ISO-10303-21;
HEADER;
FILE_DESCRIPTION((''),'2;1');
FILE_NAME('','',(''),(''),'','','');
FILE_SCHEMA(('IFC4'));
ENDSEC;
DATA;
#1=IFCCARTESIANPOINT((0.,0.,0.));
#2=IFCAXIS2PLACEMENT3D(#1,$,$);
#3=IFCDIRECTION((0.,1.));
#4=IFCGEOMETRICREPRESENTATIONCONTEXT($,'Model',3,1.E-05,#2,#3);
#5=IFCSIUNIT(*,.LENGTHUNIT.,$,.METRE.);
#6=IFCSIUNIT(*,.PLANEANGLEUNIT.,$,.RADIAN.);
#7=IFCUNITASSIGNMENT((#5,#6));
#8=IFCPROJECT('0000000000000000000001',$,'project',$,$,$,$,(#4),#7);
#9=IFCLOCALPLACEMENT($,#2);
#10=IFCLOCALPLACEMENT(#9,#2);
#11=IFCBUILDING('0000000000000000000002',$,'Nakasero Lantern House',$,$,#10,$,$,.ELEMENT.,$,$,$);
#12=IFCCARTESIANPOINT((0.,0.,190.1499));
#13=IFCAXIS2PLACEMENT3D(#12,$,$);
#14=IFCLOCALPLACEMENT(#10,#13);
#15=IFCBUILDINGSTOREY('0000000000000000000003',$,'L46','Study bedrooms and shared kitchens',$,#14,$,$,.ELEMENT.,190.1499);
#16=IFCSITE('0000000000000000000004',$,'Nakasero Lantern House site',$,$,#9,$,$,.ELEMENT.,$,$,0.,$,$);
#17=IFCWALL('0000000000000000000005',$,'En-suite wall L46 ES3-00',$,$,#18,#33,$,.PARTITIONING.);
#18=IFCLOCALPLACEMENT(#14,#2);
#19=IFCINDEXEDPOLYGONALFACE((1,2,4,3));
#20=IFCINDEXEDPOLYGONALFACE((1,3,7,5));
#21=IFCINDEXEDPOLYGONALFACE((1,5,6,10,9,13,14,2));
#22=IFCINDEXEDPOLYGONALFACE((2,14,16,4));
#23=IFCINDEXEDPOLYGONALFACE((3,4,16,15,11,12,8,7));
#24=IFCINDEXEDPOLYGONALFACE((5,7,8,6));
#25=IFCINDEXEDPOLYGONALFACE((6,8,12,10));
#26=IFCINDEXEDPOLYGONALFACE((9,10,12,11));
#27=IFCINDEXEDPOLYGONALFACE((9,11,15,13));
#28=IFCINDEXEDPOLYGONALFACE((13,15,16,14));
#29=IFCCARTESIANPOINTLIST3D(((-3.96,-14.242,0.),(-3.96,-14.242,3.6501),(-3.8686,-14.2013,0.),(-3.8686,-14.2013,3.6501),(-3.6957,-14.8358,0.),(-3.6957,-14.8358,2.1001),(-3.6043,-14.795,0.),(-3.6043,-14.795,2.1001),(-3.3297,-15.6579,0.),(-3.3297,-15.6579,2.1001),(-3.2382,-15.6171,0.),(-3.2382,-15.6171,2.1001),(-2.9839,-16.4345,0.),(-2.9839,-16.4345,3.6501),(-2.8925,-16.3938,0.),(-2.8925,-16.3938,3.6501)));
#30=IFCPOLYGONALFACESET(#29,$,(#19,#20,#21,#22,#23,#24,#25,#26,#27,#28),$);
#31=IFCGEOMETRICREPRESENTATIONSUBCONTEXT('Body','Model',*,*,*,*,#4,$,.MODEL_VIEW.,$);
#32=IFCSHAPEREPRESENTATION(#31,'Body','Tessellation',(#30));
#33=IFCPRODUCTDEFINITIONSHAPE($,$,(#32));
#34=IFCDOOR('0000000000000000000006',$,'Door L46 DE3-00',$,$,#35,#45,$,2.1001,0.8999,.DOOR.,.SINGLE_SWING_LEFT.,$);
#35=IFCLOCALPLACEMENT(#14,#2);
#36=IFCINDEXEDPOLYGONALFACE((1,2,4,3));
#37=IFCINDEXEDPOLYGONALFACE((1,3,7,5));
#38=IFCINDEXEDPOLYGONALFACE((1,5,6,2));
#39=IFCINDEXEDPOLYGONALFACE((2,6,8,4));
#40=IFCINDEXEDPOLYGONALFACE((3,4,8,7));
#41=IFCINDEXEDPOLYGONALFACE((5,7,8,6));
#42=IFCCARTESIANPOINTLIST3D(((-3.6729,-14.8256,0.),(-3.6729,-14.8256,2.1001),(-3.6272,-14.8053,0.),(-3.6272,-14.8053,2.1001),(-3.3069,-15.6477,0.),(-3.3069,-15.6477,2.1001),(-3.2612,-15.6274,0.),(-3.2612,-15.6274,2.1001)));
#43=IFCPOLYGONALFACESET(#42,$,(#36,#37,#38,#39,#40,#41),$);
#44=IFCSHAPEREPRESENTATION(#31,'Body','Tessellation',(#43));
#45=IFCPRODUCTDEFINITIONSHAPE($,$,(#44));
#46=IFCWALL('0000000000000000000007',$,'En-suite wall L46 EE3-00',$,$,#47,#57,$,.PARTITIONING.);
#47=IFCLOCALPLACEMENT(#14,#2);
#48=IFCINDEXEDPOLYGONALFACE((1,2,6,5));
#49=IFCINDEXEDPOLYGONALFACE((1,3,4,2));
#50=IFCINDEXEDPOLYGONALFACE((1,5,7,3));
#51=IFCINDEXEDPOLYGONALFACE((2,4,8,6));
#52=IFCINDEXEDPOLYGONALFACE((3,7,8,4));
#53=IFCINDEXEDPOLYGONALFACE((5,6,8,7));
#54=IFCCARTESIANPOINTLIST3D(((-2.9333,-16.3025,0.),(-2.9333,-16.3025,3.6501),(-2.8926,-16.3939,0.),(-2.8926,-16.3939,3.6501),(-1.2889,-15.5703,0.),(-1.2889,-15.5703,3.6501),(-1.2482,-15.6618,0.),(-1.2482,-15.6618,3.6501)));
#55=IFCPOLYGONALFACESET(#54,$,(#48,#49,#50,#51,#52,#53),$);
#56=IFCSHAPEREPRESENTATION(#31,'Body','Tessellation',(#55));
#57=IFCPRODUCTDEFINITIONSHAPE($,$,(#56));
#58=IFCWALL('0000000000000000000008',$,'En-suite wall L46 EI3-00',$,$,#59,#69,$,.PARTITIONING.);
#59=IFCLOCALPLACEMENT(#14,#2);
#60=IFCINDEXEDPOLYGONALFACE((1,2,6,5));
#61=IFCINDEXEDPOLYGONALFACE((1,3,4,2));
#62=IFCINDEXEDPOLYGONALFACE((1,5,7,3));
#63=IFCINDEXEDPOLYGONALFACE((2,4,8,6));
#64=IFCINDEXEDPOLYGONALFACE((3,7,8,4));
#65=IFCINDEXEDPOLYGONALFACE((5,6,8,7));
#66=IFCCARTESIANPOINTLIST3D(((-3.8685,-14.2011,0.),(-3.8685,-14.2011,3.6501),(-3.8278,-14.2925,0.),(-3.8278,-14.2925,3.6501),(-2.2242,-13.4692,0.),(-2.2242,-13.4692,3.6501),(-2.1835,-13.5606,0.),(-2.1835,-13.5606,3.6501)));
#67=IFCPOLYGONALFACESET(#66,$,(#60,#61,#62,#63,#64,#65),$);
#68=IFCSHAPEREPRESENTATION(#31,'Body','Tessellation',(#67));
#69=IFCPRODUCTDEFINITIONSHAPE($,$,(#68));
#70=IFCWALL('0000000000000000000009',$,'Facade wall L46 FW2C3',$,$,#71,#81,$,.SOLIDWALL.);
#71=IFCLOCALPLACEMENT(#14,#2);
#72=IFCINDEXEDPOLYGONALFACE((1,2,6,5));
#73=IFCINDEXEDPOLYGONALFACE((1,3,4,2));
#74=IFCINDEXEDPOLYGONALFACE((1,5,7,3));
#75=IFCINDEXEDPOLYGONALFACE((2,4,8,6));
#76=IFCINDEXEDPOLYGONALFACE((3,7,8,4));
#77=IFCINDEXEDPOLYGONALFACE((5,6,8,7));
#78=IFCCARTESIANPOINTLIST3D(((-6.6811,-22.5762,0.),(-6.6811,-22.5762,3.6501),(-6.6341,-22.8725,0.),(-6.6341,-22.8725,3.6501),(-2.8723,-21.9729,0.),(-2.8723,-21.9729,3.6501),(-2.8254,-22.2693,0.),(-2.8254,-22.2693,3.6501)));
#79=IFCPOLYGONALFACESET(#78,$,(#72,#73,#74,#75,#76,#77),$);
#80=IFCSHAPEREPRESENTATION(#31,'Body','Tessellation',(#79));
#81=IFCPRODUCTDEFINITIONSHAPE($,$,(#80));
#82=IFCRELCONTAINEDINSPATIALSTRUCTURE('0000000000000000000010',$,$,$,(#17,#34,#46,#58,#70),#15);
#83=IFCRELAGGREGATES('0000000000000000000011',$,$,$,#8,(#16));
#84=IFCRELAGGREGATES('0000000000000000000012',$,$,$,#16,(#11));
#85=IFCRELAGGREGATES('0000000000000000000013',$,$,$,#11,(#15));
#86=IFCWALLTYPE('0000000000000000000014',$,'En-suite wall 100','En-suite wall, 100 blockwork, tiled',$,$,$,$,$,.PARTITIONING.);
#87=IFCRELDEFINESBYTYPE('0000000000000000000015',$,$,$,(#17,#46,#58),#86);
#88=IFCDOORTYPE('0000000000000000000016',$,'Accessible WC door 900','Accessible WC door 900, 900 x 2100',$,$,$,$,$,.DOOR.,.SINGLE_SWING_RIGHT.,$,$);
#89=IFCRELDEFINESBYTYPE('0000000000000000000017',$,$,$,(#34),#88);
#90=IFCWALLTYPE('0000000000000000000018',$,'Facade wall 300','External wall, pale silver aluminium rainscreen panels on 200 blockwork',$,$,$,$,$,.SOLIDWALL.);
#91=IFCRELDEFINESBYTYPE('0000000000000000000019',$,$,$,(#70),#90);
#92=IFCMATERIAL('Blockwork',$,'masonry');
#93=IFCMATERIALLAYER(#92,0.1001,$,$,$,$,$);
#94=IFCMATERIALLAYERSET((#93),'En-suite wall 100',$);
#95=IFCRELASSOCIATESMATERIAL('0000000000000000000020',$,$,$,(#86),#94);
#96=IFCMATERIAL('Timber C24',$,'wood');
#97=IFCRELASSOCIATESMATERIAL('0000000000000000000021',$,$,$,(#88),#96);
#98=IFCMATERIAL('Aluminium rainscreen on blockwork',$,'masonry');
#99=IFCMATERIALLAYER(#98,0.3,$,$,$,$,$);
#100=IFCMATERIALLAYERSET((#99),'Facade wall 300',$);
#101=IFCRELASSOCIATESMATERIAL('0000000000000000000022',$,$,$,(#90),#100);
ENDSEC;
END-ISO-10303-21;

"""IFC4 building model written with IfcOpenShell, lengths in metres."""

from ifc_helpers import new_model, si_unit, direction, frame, frame_2d, origin, place, context, subcontext, project, spatial, rectangle, extrude, material, layer, layer_set, type_object, element, fill, save


model = new_model("IFC4")

# Units and contexts
model_context = context("Model", 3, precision=1e-05, world=origin(), true_north=direction((0.0, 1.0)))
body_context = subcontext(model_context, "Body", "Model", "MODEL_VIEW")
ifc_project = project(units=[si_unit("LENGTHUNIT", "METRE"), si_unit("PLANEANGLEUNIT", "RADIAN")], contexts=[model_context])

# Site, building, storey
site_placement = place(None, origin())
site = spatial("IfcSite", under=ifc_project, at=site_placement, Name="Nakasero Lantern House site", CompositionType="ELEMENT", RefElevation=0.0)
building_placement = place(site_placement, origin())
building = spatial("IfcBuilding", under=site, at=building_placement, Name="Nakasero Lantern House", CompositionType="ELEMENT")
storey_placement = place(building_placement, frame((0.0, 0.0, 190.1499)))
storey = spatial("IfcBuildingStorey", under=building, at=storey_placement, Name="L46", Description="Study bedrooms and shared kitchens", CompositionType="ELEMENT", Elevation=190.1499)

# Wall, opening, door
ifc_material_1 = material(Name="Blockwork", Category="masonry")
ifc_layer_1 = layer(ifc_material_1, 0.1001)
ifc_layer_set_1 = layer_set([ifc_layer_1], Name="En-suite wall 100")
wall_type_1 = type_object("IfcWallType", Name="En-suite wall 100", Description="En-suite wall, 100 blockwork, tiled", PredefinedType="PARTITIONING", material=ifc_layer_set_1)
wall_1_placement = place(storey_placement, frame((-3.9143, -14.2217, 0.0), z_axis=(0.0, 0.0, 1.0), x_axis=(0.406724, -0.913551, 0.0)))
wall_1 = element("IfcWall", 1, at=wall_1_placement, inside=storey, type_object=wall_type_1, Name="En-suite wall L46 ES3-00", PredefinedType="PARTITIONING", context=body_context, shape_type="SweptSolid", body=[
    extrude(rectangle(XDim=2.3999, YDim=0.1001, at=frame_2d((1.2, 0.0))), origin(), (0.0, 0.0, 1.0), 3.6501),
])
opening_1_placement = place(wall_1_placement, frame((0.6499, 0.0, 0.0)))
opening_1 = element("IfcOpeningElement", 2, at=opening_1_placement, cuts=wall_1, PredefinedType="OPENING", context=body_context, shape_type="SweptSolid", body=[
    extrude(rectangle(XDim=0.8999, YDim=2.1001, at=frame_2d((0.45, 1.05))), frame((0.0, 0.0701, 0.0), z_axis=(0.0, -1.0, 0.0), x_axis=(1.0, 0.0, 0.0)), (0.0, 0.0, 1.0), 0.1401),
])
ifc_material_2 = material(Name="Timber C24", Category="wood")
door_type_1 = type_object("IfcDoorType", Name="Accessible WC door 900", Description="Accessible WC door 900, 900 x 2100", OperationType="SINGLE_SWING_RIGHT", PredefinedType="DOOR", material=ifc_material_2)
door_1_placement = place(opening_1_placement, origin())
door_1 = element("IfcDoor", 3, at=door_1_placement, inside=storey, type_object=door_type_1, Name="Door L46 DE3-00", OperationType="SINGLE_SWING_LEFT", OverallHeight=2.1001, OverallWidth=0.8999, PredefinedType="DOOR", context=body_context, shape_type="SweptSolid", body=[
    extrude(rectangle(XDim=0.8999, YDim=2.1001, at=frame_2d((0.45, 1.05))), frame((0.0, 0.0249, 0.0), z_axis=(0.0, -1.0, 0.0), x_axis=(1.0, 0.0, 0.0)), (0.0, 0.0, 1.0), 0.05),
])
fill(opening_1, door_1)

# Walls
wall_2_placement = place(storey_placement, frame((-2.9128, -16.3481, 0.0), z_axis=(0.0, 0.0, 1.0), x_axis=(0.913549, 0.40673, 0.0)))
element("IfcWall", 4, at=wall_2_placement, inside=storey, type_object=wall_type_1, Name="En-suite wall L46 EE3-00", PredefinedType="PARTITIONING", context=body_context, shape_type="SweptSolid", body=[
    extrude(rectangle(XDim=1.8, YDim=0.1001, at=frame_2d((0.8999, 0.0))), origin(), (0.0, 0.0, 1.0), 3.6501),
])
wall_3_placement = place(storey_placement, frame((-3.8481, -14.2468, 0.0), z_axis=(0.0, 0.0, 1.0), x_axis=(0.913576, 0.406667, 0.0)))
element("IfcWall", 5, at=wall_3_placement, inside=storey, type_object=wall_type_1, Name="En-suite wall L46 EI3-00", PredefinedType="PARTITIONING", context=body_context, shape_type="SweptSolid", body=[
    extrude(rectangle(XDim=1.7998, YDim=0.1001, at=frame_2d((0.8999, 0.0))), origin(), (0.0, 0.0, 1.0), 3.6501),
])
ifc_material_3 = material(Name="Aluminium rainscreen on blockwork", Category="masonry")
ifc_layer_2 = layer(ifc_material_3, 0.3)
ifc_layer_set_2 = layer_set([ifc_layer_2], Name="Facade wall 300")
wall_type_2 = type_object("IfcWallType", Name="Facade wall 300", Description="External wall, pale silver aluminium rainscreen panels on 200 blockwork", PredefinedType="SOLIDWALL", material=ifc_layer_set_2)
wall_4_placement = place(storey_placement, frame((-6.6577, -22.7244, 0.0), z_axis=(0.0, 0.0, 1.0), x_axis=(0.987688, 0.156437, 0.0)))
element("IfcWall", 6, at=wall_4_placement, inside=storey, type_object=wall_type_2, Name="Facade wall L46 FW2C3", PredefinedType="SOLIDWALL", context=body_context, shape_type="SweptSolid", body=[
    extrude(rectangle(XDim=3.8562, YDim=0.3, at=frame_2d((1.9282, 0.0))), origin(), (0.0, 0.0, 1.0), 3.6501),
])

save(model, "model.ifc")
